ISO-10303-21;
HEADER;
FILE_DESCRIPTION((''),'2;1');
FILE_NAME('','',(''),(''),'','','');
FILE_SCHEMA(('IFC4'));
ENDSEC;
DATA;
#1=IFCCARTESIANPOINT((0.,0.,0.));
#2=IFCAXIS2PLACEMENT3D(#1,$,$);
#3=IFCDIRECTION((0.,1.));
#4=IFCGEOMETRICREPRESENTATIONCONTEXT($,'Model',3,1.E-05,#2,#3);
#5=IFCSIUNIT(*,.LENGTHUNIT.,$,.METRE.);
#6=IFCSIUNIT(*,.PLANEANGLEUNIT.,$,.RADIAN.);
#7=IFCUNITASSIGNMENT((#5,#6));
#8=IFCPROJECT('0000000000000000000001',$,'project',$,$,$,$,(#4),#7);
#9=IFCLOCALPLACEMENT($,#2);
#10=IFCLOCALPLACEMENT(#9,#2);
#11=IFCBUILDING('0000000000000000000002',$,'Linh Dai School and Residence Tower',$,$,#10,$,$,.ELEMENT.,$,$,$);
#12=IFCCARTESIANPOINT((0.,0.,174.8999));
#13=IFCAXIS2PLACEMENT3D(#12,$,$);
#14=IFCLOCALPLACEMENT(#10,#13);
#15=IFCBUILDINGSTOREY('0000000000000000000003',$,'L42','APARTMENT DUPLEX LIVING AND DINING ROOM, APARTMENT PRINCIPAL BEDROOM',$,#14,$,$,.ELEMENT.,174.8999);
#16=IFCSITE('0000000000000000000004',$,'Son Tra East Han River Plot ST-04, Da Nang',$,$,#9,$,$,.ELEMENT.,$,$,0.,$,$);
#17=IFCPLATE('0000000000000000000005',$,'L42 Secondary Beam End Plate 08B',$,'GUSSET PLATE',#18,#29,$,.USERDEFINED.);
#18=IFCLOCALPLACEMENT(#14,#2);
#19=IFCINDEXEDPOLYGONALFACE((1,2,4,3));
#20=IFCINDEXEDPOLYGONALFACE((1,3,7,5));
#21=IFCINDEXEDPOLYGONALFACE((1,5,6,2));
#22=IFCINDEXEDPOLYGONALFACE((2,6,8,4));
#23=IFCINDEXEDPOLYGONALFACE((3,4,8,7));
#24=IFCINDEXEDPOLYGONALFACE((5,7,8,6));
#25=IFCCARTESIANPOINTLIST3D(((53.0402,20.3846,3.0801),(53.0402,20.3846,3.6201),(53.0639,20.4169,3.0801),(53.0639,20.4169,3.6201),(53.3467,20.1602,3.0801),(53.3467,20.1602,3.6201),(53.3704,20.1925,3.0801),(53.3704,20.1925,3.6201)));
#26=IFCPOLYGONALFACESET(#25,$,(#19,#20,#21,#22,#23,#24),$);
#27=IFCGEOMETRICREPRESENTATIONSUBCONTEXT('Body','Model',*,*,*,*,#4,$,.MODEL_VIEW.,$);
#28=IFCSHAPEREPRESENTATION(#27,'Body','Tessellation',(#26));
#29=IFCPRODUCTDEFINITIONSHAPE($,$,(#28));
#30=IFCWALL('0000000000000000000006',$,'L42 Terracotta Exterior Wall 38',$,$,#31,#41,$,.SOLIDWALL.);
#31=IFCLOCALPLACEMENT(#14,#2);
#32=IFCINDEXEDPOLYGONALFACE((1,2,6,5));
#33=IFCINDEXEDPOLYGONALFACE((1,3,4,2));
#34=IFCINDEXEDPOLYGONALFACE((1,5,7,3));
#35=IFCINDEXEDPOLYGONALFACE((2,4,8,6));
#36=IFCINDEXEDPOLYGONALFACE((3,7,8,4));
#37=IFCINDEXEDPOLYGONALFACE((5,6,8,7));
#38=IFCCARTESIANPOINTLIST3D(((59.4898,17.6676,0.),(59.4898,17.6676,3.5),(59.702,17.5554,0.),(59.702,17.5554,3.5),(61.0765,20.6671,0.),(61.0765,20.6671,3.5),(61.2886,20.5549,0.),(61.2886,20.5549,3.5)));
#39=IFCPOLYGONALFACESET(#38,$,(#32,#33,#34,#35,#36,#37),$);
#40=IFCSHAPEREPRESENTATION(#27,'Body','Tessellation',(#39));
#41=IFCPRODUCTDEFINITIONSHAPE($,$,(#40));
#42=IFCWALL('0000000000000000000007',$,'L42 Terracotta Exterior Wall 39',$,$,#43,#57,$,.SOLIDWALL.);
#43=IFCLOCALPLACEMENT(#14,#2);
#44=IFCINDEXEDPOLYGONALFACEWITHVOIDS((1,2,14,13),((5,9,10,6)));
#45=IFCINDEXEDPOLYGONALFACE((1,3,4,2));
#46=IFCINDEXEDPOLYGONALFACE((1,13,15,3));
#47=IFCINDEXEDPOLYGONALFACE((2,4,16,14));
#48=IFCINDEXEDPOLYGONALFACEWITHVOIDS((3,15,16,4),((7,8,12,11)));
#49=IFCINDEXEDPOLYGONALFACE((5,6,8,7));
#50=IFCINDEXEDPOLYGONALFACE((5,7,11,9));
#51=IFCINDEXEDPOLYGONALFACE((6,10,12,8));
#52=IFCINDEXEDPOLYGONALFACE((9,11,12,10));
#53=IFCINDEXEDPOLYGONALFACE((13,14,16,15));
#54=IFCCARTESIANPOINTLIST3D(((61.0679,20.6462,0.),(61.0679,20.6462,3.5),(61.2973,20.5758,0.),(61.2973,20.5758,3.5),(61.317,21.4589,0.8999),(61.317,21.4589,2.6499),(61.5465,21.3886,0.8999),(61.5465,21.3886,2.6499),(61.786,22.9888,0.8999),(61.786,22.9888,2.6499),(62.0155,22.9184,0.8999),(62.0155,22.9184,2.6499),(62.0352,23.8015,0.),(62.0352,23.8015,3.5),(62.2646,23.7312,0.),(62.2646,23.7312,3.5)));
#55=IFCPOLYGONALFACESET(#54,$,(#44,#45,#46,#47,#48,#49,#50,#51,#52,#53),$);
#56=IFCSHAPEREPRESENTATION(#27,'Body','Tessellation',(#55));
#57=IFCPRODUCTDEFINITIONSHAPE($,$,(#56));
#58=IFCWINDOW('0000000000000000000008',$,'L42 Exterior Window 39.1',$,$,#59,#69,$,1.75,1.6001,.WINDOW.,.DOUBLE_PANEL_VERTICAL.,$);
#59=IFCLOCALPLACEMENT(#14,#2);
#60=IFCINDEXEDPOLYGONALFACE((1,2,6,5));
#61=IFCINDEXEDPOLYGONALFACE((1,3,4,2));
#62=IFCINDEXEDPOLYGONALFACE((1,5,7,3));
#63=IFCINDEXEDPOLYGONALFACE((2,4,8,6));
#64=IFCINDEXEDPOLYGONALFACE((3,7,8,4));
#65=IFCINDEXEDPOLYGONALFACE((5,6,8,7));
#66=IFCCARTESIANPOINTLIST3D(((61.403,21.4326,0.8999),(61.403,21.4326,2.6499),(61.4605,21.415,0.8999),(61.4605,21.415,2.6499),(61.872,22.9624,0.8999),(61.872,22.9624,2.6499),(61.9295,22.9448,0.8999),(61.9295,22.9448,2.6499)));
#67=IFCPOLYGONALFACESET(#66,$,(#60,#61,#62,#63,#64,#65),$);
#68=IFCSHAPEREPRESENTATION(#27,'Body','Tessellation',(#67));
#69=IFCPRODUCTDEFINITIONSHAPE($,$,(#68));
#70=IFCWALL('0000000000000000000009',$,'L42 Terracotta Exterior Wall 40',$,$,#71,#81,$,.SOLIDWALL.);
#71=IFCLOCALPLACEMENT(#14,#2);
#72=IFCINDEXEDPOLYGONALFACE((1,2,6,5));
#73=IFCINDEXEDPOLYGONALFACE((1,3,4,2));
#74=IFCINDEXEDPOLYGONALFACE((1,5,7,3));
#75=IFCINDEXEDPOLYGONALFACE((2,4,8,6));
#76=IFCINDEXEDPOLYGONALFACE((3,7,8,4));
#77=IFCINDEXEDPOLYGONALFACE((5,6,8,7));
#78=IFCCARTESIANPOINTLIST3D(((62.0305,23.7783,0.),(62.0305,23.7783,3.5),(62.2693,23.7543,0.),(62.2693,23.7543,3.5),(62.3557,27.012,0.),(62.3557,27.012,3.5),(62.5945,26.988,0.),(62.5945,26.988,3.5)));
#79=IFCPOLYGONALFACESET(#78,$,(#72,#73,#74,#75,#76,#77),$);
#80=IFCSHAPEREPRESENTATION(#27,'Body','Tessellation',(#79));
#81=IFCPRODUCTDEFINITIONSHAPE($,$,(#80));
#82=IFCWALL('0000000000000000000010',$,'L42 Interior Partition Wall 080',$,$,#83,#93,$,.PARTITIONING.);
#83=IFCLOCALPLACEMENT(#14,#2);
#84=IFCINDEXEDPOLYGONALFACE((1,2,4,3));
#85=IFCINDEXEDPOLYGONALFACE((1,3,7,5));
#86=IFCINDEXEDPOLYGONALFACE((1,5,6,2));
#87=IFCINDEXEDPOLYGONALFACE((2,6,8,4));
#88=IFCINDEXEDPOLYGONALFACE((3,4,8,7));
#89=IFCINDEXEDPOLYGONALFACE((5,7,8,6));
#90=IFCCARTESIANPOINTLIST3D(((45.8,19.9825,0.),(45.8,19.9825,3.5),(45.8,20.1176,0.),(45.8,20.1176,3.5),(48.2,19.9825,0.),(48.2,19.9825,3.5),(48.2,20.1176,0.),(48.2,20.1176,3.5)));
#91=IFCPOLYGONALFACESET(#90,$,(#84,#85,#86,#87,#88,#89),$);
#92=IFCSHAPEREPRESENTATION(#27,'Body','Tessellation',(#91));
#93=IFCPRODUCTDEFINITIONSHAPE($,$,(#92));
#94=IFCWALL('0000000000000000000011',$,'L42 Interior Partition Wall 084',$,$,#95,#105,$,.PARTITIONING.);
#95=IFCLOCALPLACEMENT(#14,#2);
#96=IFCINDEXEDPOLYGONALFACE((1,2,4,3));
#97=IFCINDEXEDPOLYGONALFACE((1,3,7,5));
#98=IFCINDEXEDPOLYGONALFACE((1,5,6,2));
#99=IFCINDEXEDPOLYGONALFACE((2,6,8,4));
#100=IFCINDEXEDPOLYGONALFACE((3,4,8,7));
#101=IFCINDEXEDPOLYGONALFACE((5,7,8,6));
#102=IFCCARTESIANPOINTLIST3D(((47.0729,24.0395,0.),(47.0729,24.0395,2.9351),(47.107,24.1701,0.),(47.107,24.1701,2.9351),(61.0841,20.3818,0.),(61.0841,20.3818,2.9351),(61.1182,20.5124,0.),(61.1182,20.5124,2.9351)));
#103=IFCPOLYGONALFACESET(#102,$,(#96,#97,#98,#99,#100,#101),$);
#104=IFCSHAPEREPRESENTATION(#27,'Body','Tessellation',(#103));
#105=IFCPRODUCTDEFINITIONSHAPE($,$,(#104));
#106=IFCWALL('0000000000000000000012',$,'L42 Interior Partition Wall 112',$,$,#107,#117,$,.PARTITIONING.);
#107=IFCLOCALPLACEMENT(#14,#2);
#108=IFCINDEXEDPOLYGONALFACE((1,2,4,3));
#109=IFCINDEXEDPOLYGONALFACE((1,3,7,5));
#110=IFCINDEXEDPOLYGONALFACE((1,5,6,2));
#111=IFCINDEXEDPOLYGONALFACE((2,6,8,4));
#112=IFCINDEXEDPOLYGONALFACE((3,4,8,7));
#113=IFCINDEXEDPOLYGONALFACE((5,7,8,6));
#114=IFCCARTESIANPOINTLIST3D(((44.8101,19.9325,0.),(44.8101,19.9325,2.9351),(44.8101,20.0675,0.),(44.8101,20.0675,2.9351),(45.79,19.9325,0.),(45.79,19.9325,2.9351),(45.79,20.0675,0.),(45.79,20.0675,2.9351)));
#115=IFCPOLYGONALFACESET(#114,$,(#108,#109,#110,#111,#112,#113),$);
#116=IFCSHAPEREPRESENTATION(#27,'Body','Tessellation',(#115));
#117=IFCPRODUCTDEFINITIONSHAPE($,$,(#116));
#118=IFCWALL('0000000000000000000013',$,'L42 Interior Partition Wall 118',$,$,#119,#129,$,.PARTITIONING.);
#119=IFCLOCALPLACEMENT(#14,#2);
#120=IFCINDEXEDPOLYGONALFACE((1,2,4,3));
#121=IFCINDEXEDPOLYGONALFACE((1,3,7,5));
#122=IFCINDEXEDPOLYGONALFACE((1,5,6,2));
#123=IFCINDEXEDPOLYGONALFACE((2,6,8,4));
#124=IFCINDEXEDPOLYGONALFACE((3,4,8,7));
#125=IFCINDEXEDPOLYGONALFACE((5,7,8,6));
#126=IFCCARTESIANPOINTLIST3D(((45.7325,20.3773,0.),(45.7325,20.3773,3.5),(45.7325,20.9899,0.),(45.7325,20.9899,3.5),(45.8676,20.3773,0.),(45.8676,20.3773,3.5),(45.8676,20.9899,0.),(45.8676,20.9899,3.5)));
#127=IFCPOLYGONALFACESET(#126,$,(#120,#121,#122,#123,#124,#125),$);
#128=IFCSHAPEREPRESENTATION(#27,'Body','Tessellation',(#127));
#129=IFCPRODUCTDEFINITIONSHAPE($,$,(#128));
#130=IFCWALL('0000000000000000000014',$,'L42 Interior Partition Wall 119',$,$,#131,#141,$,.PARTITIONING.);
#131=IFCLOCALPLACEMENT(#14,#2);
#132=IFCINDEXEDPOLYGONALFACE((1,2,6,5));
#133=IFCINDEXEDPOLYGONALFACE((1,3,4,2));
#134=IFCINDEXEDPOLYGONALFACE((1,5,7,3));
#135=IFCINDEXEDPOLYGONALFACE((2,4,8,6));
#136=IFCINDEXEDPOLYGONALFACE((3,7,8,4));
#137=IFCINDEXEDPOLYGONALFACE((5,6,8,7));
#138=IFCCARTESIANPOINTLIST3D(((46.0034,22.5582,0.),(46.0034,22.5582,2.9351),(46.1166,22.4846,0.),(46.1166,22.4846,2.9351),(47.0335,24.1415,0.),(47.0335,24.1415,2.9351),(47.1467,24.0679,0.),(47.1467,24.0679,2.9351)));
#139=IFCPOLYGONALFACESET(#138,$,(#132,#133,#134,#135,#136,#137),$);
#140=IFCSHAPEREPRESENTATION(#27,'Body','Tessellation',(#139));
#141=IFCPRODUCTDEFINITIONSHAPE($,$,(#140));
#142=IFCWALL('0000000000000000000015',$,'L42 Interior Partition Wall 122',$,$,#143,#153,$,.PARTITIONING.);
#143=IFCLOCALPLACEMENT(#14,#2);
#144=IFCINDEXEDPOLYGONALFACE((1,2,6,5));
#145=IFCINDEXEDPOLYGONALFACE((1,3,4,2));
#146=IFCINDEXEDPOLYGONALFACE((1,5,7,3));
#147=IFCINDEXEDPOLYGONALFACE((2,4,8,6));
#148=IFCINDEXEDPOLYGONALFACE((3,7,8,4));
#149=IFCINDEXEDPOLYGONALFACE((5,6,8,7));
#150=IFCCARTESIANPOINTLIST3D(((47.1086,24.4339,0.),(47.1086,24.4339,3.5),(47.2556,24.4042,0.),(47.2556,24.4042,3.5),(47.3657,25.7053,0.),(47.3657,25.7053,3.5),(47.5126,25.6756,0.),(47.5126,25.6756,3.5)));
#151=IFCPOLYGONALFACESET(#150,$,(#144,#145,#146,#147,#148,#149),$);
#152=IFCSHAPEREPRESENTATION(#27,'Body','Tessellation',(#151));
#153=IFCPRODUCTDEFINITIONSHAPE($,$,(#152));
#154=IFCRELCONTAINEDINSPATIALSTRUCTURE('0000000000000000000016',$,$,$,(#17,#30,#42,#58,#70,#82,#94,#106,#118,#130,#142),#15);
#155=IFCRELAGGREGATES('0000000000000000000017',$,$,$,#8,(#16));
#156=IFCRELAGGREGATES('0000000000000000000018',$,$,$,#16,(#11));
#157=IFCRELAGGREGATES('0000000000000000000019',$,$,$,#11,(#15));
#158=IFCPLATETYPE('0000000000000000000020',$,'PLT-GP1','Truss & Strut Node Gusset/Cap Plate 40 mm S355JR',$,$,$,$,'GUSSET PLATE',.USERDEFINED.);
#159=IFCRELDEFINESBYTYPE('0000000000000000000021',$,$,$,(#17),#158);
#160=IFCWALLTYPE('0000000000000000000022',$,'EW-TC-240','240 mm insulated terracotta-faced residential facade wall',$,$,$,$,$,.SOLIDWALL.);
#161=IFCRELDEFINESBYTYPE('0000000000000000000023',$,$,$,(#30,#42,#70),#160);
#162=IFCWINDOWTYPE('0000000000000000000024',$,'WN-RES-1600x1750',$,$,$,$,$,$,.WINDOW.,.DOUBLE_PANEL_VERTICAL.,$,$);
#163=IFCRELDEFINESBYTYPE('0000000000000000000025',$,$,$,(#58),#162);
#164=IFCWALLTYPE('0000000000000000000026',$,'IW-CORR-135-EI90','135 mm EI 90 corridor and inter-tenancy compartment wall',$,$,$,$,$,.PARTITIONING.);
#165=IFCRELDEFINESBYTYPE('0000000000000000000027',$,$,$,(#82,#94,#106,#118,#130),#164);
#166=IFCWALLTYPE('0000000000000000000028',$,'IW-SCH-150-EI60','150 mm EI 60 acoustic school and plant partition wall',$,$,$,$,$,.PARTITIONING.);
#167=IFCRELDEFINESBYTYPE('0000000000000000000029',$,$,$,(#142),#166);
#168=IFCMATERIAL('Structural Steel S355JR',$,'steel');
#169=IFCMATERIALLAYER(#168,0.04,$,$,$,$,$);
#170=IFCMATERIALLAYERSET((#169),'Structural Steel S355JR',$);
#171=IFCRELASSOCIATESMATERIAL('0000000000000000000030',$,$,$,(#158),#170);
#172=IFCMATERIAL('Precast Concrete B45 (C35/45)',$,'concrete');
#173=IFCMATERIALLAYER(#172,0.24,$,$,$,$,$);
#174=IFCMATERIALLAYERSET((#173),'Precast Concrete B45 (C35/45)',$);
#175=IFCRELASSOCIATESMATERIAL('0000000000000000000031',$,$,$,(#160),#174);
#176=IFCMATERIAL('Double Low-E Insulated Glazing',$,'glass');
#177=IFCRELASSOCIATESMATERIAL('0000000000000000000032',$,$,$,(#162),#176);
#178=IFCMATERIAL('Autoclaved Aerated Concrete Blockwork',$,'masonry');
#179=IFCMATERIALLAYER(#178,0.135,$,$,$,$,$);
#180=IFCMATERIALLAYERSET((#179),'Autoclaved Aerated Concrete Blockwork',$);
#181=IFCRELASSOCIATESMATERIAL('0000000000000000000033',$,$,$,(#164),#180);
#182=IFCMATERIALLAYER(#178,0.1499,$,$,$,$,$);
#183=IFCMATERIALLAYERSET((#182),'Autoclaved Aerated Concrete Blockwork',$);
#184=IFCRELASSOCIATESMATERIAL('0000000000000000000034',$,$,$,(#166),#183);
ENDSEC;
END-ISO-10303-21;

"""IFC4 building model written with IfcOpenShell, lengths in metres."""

from ifc_helpers import new_model, si_unit, direction, frame, frame_2d, origin, origin_2d, place, context, subcontext, project, spatial, rectangle, extrude, source, transform, mapped, material, layer, layer_set, type_object, element, fill, save


model = new_model("IFC4")

# Units and contexts
model_context = context("Model", 3, precision=1e-05, world=origin(), true_north=direction((0.0, 1.0)))
body_context = subcontext(model_context, "Body", "Model", "MODEL_VIEW")
ifc_project = project(units=[si_unit("LENGTHUNIT", "METRE"), si_unit("PLANEANGLEUNIT", "RADIAN")], contexts=[model_context])

# Site, building, storey
site_placement = place(None, origin())
site = spatial("IfcSite", under=ifc_project, at=site_placement, Name="Son Tra East Han River Plot ST-04, Da Nang", CompositionType="ELEMENT", RefElevation=0.0)
building_placement = place(site_placement, origin())
building = spatial("IfcBuilding", under=site, at=building_placement, Name="Linh Dai School and Residence Tower", CompositionType="ELEMENT")
storey_placement = place(building_placement, frame((0.0, 0.0, 174.8999)))
storey = spatial("IfcBuildingStorey", under=building, at=storey_placement, Name="L42", Description="APARTMENT DUPLEX LIVING AND DINING ROOM, APARTMENT PRINCIPAL BEDROOM", CompositionType="ELEMENT", Elevation=174.8999)

# Shared definitions
ifc_material_1 = material(Name="Structural Steel S355JR", Category="steel")

# Plate
ifc_layer_1 = layer(ifc_material_1, 0.04)
ifc_layer_set_1 = layer_set([ifc_layer_1], Name="Structural Steel S355JR")
plate_type = type_object("IfcPlateType", Name="PLT-GP1", Description="Truss & Strut Node Gusset/Cap Plate 40 mm S355JR", ElementType="GUSSET PLATE", PredefinedType="USERDEFINED", material=ifc_layer_set_1)
shared_shape_1 = source(origin(), body_context, "Body", "SweptSolid", [
    extrude(rectangle(XDim=0.04, YDim=0.3799, at=origin_2d()), origin(), (0.0, 0.0, 1.0), 0.54),
])
plate_placement = place(storey_placement, frame((53.2053, 20.2886, 3.0801), z_axis=(0.0, 0.0, 1.0), x_axis=(0.590797, 0.80682, 0.0)))
element("IfcPlate", 1, at=plate_placement, inside=storey, type_object=plate_type, Name="L42 Secondary Beam End Plate 08B", ObjectType="GUSSET PLATE", PredefinedType="USERDEFINED", context=body_context, shape_type="MappedRepresentation", body=[
    mapped(shared_shape_1, transform((0.0, 0.0, 0.0), x_axis=(1.0, 0.0, 0.0), y_axis=(0.0, 1.0, 0.0), z_axis=(0.0, 0.0, 1.0), scale=1.0)),
])

# Wall
ifc_material_2 = material(Name="Precast Concrete B45 (C35/45)", Category="concrete")
ifc_layer_2 = layer(ifc_material_2, 0.24)
ifc_layer_set_2 = layer_set([ifc_layer_2], Name="Precast Concrete B45 (C35/45)")
wall_type_1 = type_object("IfcWallType", Name="EW-TC-240", Description="240 mm insulated terracotta-faced residential facade wall", PredefinedType="SOLIDWALL", material=ifc_layer_set_2)
wall_1_placement = place(storey_placement, frame((61.1826, 20.6111, 0.0), z_axis=(0.0, 0.0, 1.0), x_axis=(-0.467587, -0.883947, 0.0)))
element("IfcWall", 2, at=wall_1_placement, inside=storey, type_object=wall_type_1, Name="L42 Terracotta Exterior Wall 38", PredefinedType="SOLIDWALL", context=body_context, shape_type="SweptSolid", body=[
    extrude(rectangle(XDim=3.3933, YDim=0.24, at=frame_2d((1.6968, 0.0))), origin(), (0.0, 0.0, 1.0), 3.5),
])

# Wall, opening, window
wall_2_placement = place(storey_placement, frame((62.1499, 23.7664, 0.0), z_axis=(0.0, 0.0, 1.0), x_axis=(-0.293098, -0.956082, 0.0)))
wall_2 = element("IfcWall", 3, at=wall_2_placement, inside=storey, type_object=wall_type_1, Name="L42 Terracotta Exterior Wall 39", PredefinedType="SOLIDWALL", context=body_context, shape_type="SweptSolid", body=[
    extrude(rectangle(XDim=3.3003, YDim=0.24, at=frame_2d((1.6501, 0.0))), origin(), (0.0, 0.0, 1.0), 3.5),
])
opening_1_placement = place(wall_2_placement, frame((0.8501, 0.0, 0.8999)))
opening_1 = element("IfcOpeningElement", 4, at=opening_1_placement, cuts=wall_2, PredefinedType="OPENING", context=body_context, shape_type="SweptSolid", body=[
    extrude(rectangle(XDim=1.6001, YDim=1.75, at=origin_2d()), frame((0.8, 0.1299, 0.875), z_axis=(0.0, -1.0, 0.0), x_axis=(1.0, 0.0, 0.0)), (0.0, 0.0, 1.0), 0.26),
])
ifc_material_3 = material(Name="Double Low-E Insulated Glazing", Category="glass")
window_type = type_object("IfcWindowType", Name="WN-RES-1600x1750", PartitioningType="DOUBLE_PANEL_VERTICAL", PredefinedType="WINDOW", material=ifc_material_3)
shared_shape_2 = source(origin(), body_context, "Body", "SweptSolid", [
    extrude(rectangle(XDim=1.6001, YDim=1.75, at=origin_2d()), frame((0.8, 0.03, 0.875), z_axis=(0.0, -1.0, 0.0), x_axis=(1.0, 0.0, 0.0)), (0.0, 0.0, 1.0), 0.0601),
])
window_placement = place(opening_1_placement, origin())
window = element("IfcWindow", 5, at=window_placement, inside=storey, type_object=window_type, Name="L42 Exterior Window 39.1", OverallHeight=1.75, OverallWidth=1.6001, PartitioningType="DOUBLE_PANEL_VERTICAL", PredefinedType="WINDOW", context=body_context, shape_type="MappedRepresentation", body=[
    mapped(shared_shape_2, transform((0.0, 0.0, 0.0), x_axis=(1.0, 0.0, 0.0), y_axis=(0.0, 1.0, 0.0), z_axis=(0.0, 0.0, 1.0), scale=1.0)),
])
fill(opening_1, window)

# Walls
wall_3_placement = place(storey_placement, frame((62.4751, 27.0, 0.0), z_axis=(0.0, 0.0, 1.0), x_axis=(-0.100062, -0.994981, 0.0)))
element("IfcWall", 6, at=wall_3_placement, inside=storey, type_object=wall_type_1, Name="L42 Terracotta Exterior Wall 40", PredefinedType="SOLIDWALL", context=body_context, shape_type="SweptSolid", body=[
    extrude(rectangle(XDim=3.25, YDim=0.24, at=frame_2d((1.625, 0.0))), origin(), (0.0, 0.0, 1.0), 3.5),
])
ifc_material_4 = material(Name="Autoclaved Aerated Concrete Blockwork", Category="masonry")
ifc_layer_3 = layer(ifc_material_4, 0.135)
ifc_layer_set_3 = layer_set([ifc_layer_3], Name="Autoclaved Aerated Concrete Blockwork")
wall_type_2 = type_object("IfcWallType", Name="IW-CORR-135-EI90", Description="135 mm EI 90 corridor and inter-tenancy compartment wall", PredefinedType="PARTITIONING", material=ifc_layer_set_3)
wall_4_placement = place(storey_placement, frame((45.8, 20.05, 0.0), z_axis=(0.0, 0.0, 1.0), x_axis=(1.0, 0.0, 0.0)))
element("IfcWall", 7, at=wall_4_placement, inside=storey, type_object=wall_type_2, Name="L42 Interior Partition Wall 080", PredefinedType="PARTITIONING", context=body_context, shape_type="SweptSolid", body=[
    extrude(rectangle(XDim=2.3999, YDim=0.135, at=frame_2d((1.2, 0.0))), origin(), (0.0, 0.0, 1.0), 3.5),
])
wall_5_placement = place(storey_placement, frame((47.0901, 24.1047, 0.0), z_axis=(0.0, 0.0, 1.0), x_axis=(0.967573, -0.252591, 0.0)))
element("IfcWall", 8, at=wall_5_placement, inside=storey, type_object=wall_type_2, Name="L42 Interior Partition Wall 084", PredefinedType="PARTITIONING", context=body_context, shape_type="SweptSolid", body=[
    extrude(rectangle(XDim=14.4807, YDim=0.135, at=frame_2d((7.2402, 0.0))), origin(), (0.0, 0.0, 1.0), 2.9351),
])
wall_6_placement = place(storey_placement, frame((44.8101, 20.0, 0.0), z_axis=(0.0, 0.0, 1.0), x_axis=(1.0, 0.0, 0.0)))
element("IfcWall", 9, at=wall_6_placement, inside=storey, type_object=wall_type_2, Name="L42 Interior Partition Wall 112", PredefinedType="PARTITIONING", context=body_context, shape_type="SweptSolid", body=[
    extrude(rectangle(XDim=0.98, YDim=0.135, at=frame_2d((0.49, 0.0))), origin(), (0.0, 0.0, 1.0), 2.9351),
])
wall_7_placement = place(storey_placement, frame((45.8, 20.3774, 0.0), z_axis=(0.0, 0.0, 1.0), x_axis=(0.0, 1.0, 0.0)))
element("IfcWall", 10, at=wall_7_placement, inside=storey, type_object=wall_type_2, Name="L42 Interior Partition Wall 118", PredefinedType="PARTITIONING", context=body_context, shape_type="SweptSolid", body=[
    extrude(rectangle(XDim=0.6125, YDim=0.135, at=frame_2d((0.3062, 0.0))), origin(), (0.0, 0.0, 1.0), 3.5),
])
wall_8_placement = place(storey_placement, frame((46.0601, 22.5215, 0.0), z_axis=(0.0, 0.0, 1.0), x_axis=(0.545329, 0.838222, 0.0)))
element("IfcWall", 11, at=wall_8_placement, inside=storey, type_object=wall_type_2, Name="L42 Interior Partition Wall 119", PredefinedType="PARTITIONING", context=body_context, shape_type="SweptSolid", body=[
    extrude(rectangle(XDim=1.8889, YDim=0.135, at=frame_2d((0.9443, 0.0))), origin(), (0.0, 0.0, 1.0), 2.9351),
])
ifc_layer_4 = layer(ifc_material_4, 0.1499)
ifc_layer_set_4 = layer_set([ifc_layer_4], Name="Autoclaved Aerated Concrete Blockwork")
wall_type_3 = type_object("IfcWallType", Name="IW-SCH-150-EI60", Description="150 mm EI 60 acoustic school and plant partition wall", PredefinedType="PARTITIONING", material=ifc_layer_set_4)
wall_9_placement = place(storey_placement, frame((47.1821, 24.4192, 0.0), z_axis=(0.0, 0.0, 1.0), x_axis=(0.198179, 0.980166, 0.0)))
element("IfcWall", 12, at=wall_9_placement, inside=storey, type_object=wall_type_3, Name="L42 Interior Partition Wall 122", PredefinedType="PARTITIONING", context=body_context, shape_type="SweptSolid", body=[
    extrude(rectangle(XDim=1.2971, YDim=0.1499, at=frame_2d((0.6484, 0.0))), origin(), (0.0, 0.0, 1.0), 3.5),
])

save(model, "model.ifc")
